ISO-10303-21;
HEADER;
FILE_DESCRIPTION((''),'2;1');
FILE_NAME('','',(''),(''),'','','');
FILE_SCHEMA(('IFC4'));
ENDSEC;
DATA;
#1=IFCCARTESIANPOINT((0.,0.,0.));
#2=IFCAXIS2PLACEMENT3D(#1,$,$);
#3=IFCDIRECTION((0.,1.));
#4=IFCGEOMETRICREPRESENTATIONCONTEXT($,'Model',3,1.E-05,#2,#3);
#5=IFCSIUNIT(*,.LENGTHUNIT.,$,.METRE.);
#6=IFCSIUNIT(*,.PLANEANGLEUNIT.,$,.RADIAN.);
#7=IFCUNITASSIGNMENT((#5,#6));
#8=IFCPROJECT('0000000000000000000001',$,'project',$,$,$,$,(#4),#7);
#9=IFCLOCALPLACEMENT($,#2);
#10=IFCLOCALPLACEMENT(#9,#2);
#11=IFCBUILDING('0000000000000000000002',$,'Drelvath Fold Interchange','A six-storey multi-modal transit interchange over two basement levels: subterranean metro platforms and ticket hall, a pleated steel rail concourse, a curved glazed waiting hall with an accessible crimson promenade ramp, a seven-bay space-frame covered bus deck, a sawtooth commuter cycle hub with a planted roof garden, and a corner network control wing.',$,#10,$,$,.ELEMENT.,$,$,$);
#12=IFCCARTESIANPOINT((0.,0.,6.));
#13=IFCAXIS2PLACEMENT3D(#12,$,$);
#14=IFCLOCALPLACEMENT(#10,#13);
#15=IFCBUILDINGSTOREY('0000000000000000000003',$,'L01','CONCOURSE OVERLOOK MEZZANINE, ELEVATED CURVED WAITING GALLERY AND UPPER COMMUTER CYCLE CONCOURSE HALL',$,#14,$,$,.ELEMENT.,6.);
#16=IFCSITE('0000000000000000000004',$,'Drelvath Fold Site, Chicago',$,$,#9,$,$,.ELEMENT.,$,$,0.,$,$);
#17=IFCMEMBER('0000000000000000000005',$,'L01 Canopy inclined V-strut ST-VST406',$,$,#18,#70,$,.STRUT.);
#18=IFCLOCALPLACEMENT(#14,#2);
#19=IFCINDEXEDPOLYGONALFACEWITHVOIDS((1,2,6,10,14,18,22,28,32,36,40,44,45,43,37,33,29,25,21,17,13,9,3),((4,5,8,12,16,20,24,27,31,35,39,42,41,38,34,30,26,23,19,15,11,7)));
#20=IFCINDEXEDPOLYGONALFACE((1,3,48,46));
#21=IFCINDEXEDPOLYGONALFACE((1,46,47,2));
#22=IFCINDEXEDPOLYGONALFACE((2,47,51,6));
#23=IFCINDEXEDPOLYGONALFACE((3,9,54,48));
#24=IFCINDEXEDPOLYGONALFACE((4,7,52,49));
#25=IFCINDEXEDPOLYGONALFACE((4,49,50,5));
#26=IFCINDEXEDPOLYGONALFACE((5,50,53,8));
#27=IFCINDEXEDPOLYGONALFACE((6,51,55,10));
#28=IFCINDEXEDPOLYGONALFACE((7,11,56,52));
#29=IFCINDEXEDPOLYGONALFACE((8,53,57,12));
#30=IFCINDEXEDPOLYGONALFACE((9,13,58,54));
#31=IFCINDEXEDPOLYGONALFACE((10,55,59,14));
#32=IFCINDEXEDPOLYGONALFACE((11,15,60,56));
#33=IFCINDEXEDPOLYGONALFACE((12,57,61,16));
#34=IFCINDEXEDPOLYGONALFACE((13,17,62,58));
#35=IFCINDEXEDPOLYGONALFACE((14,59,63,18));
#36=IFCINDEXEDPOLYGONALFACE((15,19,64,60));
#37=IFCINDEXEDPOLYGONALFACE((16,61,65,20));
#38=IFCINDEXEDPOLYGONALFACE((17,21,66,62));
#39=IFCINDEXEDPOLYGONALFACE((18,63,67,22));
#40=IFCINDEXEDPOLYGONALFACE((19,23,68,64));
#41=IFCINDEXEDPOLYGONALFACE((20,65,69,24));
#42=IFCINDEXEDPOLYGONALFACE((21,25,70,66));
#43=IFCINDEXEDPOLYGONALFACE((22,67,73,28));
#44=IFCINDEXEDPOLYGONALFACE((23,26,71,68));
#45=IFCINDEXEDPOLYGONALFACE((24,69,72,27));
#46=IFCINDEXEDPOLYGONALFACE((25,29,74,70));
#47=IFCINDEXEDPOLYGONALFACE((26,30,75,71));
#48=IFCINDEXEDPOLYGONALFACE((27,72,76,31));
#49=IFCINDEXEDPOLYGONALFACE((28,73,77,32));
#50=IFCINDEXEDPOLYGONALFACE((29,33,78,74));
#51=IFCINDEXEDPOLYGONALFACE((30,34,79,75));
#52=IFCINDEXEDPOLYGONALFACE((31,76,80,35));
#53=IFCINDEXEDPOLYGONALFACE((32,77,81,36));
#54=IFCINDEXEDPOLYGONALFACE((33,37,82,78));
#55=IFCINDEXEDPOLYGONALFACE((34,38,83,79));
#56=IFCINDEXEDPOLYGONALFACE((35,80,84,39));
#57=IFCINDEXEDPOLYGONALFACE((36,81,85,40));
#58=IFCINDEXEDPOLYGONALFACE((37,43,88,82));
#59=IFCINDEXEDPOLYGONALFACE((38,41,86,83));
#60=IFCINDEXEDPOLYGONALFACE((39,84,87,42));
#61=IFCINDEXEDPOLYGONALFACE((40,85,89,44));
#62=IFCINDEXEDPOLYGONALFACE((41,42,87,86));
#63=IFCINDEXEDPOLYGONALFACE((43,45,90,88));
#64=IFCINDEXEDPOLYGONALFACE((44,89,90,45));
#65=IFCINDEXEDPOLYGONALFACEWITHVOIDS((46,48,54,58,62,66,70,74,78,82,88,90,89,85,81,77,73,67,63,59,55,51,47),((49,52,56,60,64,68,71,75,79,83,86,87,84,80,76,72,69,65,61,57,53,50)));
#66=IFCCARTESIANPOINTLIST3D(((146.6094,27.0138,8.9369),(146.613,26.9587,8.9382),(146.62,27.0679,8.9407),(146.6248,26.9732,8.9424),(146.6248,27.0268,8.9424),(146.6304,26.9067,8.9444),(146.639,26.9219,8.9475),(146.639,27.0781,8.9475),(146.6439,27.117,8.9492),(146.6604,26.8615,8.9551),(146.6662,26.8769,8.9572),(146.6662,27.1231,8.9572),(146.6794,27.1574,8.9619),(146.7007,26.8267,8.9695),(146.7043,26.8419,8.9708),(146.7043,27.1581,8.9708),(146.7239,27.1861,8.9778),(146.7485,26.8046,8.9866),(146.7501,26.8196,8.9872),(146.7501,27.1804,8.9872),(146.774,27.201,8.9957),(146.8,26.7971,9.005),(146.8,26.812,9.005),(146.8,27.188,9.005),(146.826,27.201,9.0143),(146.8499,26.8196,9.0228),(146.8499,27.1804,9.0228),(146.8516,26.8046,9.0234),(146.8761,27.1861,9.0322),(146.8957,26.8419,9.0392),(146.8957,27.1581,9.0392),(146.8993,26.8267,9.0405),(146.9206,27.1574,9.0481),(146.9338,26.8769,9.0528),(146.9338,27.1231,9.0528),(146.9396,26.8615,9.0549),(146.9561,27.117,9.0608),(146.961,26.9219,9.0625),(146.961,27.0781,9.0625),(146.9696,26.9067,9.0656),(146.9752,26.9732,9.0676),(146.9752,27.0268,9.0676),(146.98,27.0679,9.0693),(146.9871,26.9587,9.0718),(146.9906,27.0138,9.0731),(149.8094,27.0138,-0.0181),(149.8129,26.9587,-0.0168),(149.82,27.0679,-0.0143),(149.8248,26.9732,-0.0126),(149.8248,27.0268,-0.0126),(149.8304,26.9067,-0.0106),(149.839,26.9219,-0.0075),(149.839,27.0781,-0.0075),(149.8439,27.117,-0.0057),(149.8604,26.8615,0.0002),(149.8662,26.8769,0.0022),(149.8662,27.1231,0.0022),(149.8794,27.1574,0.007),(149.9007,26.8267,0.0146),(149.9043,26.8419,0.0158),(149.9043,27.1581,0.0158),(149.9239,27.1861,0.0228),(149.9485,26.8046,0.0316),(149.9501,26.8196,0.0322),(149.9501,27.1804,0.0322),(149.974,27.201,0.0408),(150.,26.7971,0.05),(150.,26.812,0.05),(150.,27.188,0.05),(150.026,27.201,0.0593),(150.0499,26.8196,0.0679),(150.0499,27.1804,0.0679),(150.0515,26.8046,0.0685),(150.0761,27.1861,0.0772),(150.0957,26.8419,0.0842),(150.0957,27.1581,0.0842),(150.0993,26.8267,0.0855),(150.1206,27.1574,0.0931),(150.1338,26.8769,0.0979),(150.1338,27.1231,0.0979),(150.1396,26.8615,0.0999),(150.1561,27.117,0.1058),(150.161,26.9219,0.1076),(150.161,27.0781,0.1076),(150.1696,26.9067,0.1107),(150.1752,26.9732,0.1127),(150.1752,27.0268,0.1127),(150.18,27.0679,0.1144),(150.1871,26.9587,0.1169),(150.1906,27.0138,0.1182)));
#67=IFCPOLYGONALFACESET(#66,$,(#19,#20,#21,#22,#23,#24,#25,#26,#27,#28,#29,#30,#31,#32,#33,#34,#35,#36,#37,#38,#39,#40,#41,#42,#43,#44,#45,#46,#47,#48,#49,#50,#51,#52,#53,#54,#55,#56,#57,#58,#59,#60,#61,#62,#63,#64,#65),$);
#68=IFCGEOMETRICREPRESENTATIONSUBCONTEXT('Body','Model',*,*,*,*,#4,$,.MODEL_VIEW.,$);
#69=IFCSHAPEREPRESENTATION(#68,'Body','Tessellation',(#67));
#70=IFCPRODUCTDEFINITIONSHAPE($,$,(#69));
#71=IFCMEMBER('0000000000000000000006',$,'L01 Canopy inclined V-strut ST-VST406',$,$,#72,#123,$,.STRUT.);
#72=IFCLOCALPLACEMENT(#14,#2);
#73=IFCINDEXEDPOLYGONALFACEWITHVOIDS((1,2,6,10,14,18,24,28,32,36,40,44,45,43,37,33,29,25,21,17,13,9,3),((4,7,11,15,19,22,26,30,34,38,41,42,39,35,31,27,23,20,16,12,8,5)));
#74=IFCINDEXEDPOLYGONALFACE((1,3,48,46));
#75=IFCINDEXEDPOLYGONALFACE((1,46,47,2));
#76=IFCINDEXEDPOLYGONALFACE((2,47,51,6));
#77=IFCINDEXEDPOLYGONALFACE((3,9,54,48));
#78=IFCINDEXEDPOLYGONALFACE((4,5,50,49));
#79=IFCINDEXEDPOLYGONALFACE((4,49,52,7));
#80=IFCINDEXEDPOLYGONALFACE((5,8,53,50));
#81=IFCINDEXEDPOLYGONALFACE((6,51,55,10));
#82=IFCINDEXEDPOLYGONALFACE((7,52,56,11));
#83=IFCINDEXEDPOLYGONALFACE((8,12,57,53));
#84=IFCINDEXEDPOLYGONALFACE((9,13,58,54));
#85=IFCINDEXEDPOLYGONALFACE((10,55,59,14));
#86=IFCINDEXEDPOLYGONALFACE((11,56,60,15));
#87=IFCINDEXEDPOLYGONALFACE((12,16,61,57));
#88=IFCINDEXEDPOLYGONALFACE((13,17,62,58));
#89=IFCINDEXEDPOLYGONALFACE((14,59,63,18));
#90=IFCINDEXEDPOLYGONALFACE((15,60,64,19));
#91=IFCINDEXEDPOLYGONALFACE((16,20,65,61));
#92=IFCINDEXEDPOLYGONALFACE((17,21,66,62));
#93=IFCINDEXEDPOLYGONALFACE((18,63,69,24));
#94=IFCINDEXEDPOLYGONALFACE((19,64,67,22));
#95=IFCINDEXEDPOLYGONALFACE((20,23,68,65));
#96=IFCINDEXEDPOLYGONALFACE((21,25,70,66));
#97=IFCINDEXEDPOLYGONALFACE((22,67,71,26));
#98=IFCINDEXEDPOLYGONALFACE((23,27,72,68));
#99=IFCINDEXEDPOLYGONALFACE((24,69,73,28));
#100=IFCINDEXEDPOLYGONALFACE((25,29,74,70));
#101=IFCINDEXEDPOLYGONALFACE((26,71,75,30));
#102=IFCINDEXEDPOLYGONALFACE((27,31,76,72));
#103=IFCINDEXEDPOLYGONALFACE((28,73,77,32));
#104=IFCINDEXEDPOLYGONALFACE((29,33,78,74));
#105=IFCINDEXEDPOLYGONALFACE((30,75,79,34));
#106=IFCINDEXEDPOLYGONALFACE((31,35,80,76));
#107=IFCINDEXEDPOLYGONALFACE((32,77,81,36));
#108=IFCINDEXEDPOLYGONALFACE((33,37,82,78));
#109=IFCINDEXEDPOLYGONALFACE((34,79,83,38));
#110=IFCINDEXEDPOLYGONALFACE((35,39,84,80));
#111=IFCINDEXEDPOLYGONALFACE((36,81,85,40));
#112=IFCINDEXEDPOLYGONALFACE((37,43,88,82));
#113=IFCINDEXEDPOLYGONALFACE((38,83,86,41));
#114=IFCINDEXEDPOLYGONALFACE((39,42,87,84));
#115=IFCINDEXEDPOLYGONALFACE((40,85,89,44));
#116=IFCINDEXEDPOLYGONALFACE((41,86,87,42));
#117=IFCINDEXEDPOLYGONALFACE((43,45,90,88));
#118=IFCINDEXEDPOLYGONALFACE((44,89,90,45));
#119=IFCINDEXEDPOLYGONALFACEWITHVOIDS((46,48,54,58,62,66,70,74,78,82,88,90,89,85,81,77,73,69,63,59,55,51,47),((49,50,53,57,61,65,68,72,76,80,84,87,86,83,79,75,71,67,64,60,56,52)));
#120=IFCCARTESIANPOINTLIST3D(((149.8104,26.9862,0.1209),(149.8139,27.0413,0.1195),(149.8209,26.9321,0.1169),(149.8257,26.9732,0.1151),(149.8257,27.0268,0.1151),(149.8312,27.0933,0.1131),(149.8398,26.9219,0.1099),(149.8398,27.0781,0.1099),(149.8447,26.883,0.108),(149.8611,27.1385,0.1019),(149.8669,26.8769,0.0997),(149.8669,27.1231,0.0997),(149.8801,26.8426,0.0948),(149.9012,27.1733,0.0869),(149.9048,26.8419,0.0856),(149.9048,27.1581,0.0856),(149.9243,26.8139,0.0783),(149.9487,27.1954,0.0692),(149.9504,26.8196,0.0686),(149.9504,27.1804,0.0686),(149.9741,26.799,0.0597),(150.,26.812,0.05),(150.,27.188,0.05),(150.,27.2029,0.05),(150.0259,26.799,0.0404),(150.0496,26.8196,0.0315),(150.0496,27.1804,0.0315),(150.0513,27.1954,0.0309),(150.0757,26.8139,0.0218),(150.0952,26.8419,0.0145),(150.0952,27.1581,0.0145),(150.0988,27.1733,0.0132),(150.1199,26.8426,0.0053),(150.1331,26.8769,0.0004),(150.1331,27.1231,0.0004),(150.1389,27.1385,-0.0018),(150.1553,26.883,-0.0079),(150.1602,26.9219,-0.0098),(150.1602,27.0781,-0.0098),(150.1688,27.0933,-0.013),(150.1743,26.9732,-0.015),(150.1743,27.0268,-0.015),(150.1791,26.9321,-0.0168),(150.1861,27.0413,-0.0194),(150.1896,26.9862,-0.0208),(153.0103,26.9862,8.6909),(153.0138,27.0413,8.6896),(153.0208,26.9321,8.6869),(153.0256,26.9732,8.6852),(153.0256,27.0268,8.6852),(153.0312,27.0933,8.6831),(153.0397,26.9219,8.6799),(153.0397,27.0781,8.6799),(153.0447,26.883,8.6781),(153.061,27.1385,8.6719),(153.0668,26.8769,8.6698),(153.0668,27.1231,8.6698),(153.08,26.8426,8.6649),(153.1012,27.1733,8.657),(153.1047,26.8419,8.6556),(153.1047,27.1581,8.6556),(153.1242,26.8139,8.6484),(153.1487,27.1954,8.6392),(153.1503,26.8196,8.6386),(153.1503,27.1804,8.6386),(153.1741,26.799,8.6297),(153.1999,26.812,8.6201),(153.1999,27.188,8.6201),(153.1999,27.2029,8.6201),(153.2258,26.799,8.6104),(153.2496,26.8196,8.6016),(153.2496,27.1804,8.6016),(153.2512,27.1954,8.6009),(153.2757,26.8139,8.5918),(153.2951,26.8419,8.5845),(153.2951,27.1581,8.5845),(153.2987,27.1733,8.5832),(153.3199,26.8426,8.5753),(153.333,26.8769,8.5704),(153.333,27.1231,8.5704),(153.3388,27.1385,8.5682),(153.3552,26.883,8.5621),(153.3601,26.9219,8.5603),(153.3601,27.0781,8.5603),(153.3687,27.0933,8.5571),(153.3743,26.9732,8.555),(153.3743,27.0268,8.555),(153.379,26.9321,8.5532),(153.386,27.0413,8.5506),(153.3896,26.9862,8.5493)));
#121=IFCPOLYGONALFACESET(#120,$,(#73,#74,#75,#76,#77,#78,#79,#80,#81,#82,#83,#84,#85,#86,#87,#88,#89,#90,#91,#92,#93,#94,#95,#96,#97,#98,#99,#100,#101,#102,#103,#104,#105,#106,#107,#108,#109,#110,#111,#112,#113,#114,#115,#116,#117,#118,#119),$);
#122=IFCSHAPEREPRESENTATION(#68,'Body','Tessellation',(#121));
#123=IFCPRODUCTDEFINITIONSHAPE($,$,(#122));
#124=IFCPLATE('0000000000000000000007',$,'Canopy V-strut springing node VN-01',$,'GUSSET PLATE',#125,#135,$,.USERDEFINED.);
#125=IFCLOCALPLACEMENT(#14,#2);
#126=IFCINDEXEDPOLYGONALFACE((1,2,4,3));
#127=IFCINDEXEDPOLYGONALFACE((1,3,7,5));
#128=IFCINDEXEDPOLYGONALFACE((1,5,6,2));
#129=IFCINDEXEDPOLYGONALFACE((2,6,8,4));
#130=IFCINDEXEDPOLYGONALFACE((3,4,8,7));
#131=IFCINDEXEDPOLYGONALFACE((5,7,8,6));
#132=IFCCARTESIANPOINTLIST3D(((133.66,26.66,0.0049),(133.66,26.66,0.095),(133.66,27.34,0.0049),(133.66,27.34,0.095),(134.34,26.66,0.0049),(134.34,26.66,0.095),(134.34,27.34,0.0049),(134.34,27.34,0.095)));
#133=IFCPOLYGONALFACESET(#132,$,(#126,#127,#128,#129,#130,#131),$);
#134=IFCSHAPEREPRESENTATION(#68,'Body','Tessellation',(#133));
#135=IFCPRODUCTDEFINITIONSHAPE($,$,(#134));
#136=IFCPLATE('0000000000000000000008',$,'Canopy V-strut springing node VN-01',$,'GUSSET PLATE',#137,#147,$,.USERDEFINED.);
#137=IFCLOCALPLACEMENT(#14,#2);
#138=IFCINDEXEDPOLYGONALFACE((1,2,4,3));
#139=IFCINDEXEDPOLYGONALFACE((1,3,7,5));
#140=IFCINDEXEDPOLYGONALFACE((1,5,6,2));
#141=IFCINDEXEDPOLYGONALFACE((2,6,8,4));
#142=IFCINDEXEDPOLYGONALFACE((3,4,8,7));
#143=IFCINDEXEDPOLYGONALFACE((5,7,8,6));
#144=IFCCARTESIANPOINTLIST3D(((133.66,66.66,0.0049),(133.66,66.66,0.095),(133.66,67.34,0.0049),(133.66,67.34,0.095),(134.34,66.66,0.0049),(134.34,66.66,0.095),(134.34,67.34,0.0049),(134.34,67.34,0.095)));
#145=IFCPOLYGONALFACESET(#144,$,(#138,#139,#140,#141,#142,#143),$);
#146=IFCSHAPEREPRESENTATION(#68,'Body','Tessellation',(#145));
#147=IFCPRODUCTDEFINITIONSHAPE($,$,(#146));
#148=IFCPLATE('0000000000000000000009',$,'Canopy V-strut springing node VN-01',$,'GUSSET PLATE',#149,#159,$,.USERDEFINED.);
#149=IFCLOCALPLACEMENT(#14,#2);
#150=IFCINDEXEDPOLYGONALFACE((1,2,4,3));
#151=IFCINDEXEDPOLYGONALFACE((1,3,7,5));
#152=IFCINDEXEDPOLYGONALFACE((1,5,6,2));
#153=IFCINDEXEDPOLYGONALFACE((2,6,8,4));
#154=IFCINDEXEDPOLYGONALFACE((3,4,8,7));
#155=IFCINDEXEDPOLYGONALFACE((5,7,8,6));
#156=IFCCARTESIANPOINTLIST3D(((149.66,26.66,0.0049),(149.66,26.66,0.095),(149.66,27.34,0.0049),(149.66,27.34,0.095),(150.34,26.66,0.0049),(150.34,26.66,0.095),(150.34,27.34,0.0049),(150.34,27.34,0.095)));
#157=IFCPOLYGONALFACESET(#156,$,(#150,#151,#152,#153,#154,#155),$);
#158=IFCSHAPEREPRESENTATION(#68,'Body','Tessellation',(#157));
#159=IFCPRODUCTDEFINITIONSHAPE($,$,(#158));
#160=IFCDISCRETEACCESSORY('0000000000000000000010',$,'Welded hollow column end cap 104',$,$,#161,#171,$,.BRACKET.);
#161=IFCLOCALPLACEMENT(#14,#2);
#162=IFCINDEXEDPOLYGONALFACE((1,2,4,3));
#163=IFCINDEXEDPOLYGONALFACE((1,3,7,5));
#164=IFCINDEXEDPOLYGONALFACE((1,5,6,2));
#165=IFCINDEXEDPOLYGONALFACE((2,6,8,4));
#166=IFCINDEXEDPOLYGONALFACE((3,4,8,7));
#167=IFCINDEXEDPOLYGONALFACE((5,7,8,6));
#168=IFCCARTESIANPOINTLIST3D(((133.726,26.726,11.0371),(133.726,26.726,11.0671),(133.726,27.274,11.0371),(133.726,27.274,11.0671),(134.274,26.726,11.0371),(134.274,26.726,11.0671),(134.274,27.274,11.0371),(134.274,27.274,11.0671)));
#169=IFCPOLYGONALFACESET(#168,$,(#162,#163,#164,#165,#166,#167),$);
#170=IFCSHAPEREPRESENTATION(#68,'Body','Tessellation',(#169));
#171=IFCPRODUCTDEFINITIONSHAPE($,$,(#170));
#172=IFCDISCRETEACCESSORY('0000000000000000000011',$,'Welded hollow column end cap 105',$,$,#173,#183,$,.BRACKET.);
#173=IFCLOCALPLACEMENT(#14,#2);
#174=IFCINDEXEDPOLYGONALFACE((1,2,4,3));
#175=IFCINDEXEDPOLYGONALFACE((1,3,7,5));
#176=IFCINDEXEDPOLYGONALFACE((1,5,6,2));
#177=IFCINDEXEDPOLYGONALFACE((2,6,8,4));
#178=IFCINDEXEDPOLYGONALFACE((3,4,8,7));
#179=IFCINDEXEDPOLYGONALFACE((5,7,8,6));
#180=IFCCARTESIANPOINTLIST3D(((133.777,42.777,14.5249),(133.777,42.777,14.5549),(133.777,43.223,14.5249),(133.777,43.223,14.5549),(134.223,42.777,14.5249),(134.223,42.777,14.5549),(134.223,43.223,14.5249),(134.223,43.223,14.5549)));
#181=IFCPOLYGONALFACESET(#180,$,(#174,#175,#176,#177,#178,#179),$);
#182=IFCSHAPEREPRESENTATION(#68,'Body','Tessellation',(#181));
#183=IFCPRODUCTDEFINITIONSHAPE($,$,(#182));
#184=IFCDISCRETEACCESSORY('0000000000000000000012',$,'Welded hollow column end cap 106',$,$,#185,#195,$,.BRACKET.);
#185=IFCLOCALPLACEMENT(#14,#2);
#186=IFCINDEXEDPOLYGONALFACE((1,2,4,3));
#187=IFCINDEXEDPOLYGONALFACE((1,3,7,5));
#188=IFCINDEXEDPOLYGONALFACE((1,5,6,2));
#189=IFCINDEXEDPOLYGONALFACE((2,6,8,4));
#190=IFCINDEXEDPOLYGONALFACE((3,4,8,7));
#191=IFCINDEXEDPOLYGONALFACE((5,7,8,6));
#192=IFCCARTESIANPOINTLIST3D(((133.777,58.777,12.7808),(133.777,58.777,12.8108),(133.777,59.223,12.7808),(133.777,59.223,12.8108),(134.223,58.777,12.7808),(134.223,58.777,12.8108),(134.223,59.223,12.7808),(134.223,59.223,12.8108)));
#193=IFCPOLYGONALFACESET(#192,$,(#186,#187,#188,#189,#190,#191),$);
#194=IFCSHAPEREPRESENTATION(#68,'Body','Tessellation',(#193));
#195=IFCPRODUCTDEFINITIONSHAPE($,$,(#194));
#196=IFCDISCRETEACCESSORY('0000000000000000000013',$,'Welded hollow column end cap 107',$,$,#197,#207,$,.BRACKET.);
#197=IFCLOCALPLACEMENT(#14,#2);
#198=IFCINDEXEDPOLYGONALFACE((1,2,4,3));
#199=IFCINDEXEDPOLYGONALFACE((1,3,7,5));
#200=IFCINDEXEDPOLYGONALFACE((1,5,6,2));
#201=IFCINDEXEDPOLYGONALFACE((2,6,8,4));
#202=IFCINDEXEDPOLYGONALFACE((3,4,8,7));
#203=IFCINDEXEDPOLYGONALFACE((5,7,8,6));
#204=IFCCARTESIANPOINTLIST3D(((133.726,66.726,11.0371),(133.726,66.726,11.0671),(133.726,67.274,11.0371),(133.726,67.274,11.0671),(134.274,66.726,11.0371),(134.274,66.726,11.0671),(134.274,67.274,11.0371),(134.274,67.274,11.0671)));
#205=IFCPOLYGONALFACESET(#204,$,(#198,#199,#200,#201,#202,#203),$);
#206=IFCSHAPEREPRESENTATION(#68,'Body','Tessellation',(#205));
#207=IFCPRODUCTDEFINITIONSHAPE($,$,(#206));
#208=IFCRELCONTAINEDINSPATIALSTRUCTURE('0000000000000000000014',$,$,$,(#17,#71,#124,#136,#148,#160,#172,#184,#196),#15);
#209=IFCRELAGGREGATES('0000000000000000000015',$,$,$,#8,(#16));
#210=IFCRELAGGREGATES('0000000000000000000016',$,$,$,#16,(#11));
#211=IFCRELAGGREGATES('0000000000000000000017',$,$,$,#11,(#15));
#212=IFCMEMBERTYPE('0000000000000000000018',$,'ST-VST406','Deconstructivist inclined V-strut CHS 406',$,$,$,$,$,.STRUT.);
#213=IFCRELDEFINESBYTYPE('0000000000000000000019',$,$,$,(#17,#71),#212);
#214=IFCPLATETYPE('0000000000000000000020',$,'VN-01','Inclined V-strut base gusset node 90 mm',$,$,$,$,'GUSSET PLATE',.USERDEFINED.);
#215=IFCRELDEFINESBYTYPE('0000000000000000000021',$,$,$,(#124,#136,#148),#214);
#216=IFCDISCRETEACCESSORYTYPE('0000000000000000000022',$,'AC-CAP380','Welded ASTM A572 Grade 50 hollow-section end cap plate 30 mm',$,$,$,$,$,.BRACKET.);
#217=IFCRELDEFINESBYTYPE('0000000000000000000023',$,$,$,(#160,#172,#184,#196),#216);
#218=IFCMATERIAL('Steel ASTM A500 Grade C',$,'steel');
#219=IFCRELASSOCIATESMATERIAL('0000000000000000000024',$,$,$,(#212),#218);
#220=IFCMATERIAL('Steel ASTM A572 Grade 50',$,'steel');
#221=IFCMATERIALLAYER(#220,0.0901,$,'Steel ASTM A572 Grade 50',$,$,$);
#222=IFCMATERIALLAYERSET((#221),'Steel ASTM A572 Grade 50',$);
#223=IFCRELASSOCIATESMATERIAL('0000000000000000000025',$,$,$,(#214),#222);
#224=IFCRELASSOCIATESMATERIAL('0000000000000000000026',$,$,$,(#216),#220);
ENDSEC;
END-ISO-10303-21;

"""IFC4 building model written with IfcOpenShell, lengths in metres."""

from ifc_helpers import new_model, si_unit, direction, frame, origin, origin_2d, place, context, subcontext, project, spatial, rectangle, hollow_circle, extrude, material, layer, layer_set, material_profile, profile_set, type_object, element, save


model = new_model("IFC4")

# Units and contexts
model_context = context("Model", 3, precision=1e-05, world=origin(), true_north=direction((0.0, 1.0)))
body_context = subcontext(model_context, "Body", "Model", "MODEL_VIEW")
ifc_project = project(units=[si_unit("LENGTHUNIT", "METRE"), si_unit("PLANEANGLEUNIT", "RADIAN")], contexts=[model_context])

# Site, building, storey
site_placement = place(None, origin())
site = spatial("IfcSite", under=ifc_project, at=site_placement, Name="Drelvath Fold Site, Chicago", CompositionType="ELEMENT", RefElevation=0.0)
building_placement = place(site_placement, origin())
building = spatial("IfcBuilding", under=site, at=building_placement, Name="Drelvath Fold Interchange", Description="A six-storey multi-modal transit interchange over two basement levels: subterranean metro platforms and ticket hall, a pleated steel rail concourse, a curved glazed waiting hall with an accessible crimson promenade ramp, a seven-bay space-frame covered bus deck, a sawtooth commuter cycle hub with a planted roof garden, and a corner network control wing.", CompositionType="ELEMENT")
storey_placement = place(building_placement, frame((0.0, 0.0, 6.0)))
storey = spatial("IfcBuildingStorey", under=building, at=storey_placement, Name="L01", Description="CONCOURSE OVERLOOK MEZZANINE, ELEVATED CURVED WAITING GALLERY AND UPPER COMMUTER CYCLE CONCOURSE HALL", CompositionType="ELEMENT", Elevation=6.0)

# Shared definitions
ifc_material_1 = material(Name="Steel ASTM A500 Grade C", Category="steel")

# Members
ifc_material_profile_1 = material_profile(ifc_material_1, hollow_circle(Radius=0.2029, WallThickness=0.0149, at=origin_2d()), Name="HSS16.000X0.625")
ifc_profile_set_1 = profile_set([ifc_material_profile_1], Name="Steel ASTM A500 Grade C")
member_type = type_object("IfcMemberType", Name="ST-VST406", Description="Deconstructivist inclined V-strut CHS 406", PredefinedType="STRUT", material=ifc_profile_set_1)
member_1_placement = place(storey_placement, frame((150.0, 27.0, 0.05), z_axis=(-0.336504, 0.0, 0.941682), x_axis=(0.0, -1.0, 0.0)))
element("IfcMember", 1, at=member_1_placement, inside=storey, type_object=member_type, Name="L01 Canopy inclined V-strut ST-VST406", PredefinedType="STRUT", context=body_context, shape_type="SweptSolid", body=[
    extrude(hollow_circle(Radius=0.2029, WallThickness=0.0149, at=origin_2d()), origin(), (0.0, 0.0, 1.0), 9.5095),
])
member_2_placement = place(storey_placement, frame((150.0, 27.0, 0.05), z_axis=(0.349798, 0.0, 0.936825), x_axis=(0.0, 1.0, 0.0)))
element("IfcMember", 2, at=member_2_placement, inside=storey, type_object=member_type, Name="L01 Canopy inclined V-strut ST-VST406", PredefinedType="STRUT", context=body_context, shape_type="SweptSolid", body=[
    extrude(hollow_circle(Radius=0.2029, WallThickness=0.0149, at=origin_2d()), origin(), (0.0, 0.0, 1.0), 9.1479),
])

# Plates
ifc_material_2 = material(Name="Steel ASTM A572 Grade 50", Category="steel")
ifc_layer = layer(ifc_material_2, 0.0901, Name="Steel ASTM A572 Grade 50")
ifc_layer_set = layer_set([ifc_layer], Name="Steel ASTM A572 Grade 50")
plate_type = type_object("IfcPlateType", Name="VN-01", Description="Inclined V-strut base gusset node 90 mm", ElementType="GUSSET PLATE", PredefinedType="USERDEFINED", material=ifc_layer_set)
for number, where, z_axis, x_axis, name in (
    (3, (134.0, 27.0, 0.0049), (0.0, 0.0, 1.0), (1.0, 0.0, 0.0), "Canopy V-strut springing node VN-01"),
    (4, (134.0, 67.0, 0.0049), (0.0, 0.0, 1.0), (1.0, 0.0, 0.0), "Canopy V-strut springing node VN-01"),
    (5, (150.0, 27.0, 0.0049), (0.0, 0.0, 1.0), (1.0, 0.0, 0.0), "Canopy V-strut springing node VN-01"),
):
    element("IfcPlate", number, at=place(storey_placement, frame(where, z_axis=z_axis, x_axis=x_axis)), inside=storey, type_object=plate_type, Name=name, ObjectType="GUSSET PLATE", PredefinedType="USERDEFINED", context=body_context, shape_type="SweptSolid", body=[
        extrude(rectangle(XDim=0.6799, YDim=0.6799, at=origin_2d()), origin(), (0.0, 0.0, 1.0), 0.0901),
    ])

# Discrete accessories
discrete_accessory_type = type_object("IfcDiscreteAccessoryType", Name="AC-CAP380", Description="Welded ASTM A572 Grade 50 hollow-section end cap plate 30 mm", PredefinedType="BRACKET", material=ifc_material_2)
discrete_accessory_placement = place(storey_placement, frame((134.0, 27.0, 11.0371), z_axis=(0.0, 0.0, 1.0), x_axis=(1.0, 0.0, 0.0)))
element("IfcDiscreteAccessory", 6, at=discrete_accessory_placement, inside=storey, type_object=discrete_accessory_type, Name="Welded hollow column end cap 104", PredefinedType="BRACKET", context=body_context, shape_type="SweptSolid", body=[
    extrude(rectangle(XDim=0.5481, YDim=0.5481, at=origin_2d()), origin(), (0.0, 0.0, 1.0), 0.03),
])
for number, where, z_axis, x_axis, name in (
    (7, (134.0, 43.0, 14.5249), (0.0, 0.0, 1.0), (1.0, 0.0, 0.0), "Welded hollow column end cap 105"),
    (8, (134.0, 59.0, 12.7808), (0.0, 0.0, 1.0), (1.0, 0.0, 0.0), "Welded hollow column end cap 106"),
):
    element("IfcDiscreteAccessory", number, at=place(storey_placement, frame(where, z_axis=z_axis, x_axis=x_axis)), inside=storey, type_object=discrete_accessory_type, Name=name, PredefinedType="BRACKET", context=body_context, shape_type="SweptSolid", body=[
        extrude(rectangle(XDim=0.446, YDim=0.446, at=origin_2d()), origin(), (0.0, 0.0, 1.0), 0.03),
    ])
for number, where, z_axis, x_axis, name in (
    (9, (134.0, 67.0, 11.0371), (0.0, 0.0, 1.0), (1.0, 0.0, 0.0), "Welded hollow column end cap 107"),
):
    element("IfcDiscreteAccessory", number, at=place(storey_placement, frame(where, z_axis=z_axis, x_axis=x_axis)), inside=storey, type_object=discrete_accessory_type, Name=name, PredefinedType="BRACKET", context=body_context, shape_type="SweptSolid", body=[
        extrude(rectangle(XDim=0.5481, YDim=0.5481, at=origin_2d()), origin(), (0.0, 0.0, 1.0), 0.03),
    ])

save(model, "model.ifc")
